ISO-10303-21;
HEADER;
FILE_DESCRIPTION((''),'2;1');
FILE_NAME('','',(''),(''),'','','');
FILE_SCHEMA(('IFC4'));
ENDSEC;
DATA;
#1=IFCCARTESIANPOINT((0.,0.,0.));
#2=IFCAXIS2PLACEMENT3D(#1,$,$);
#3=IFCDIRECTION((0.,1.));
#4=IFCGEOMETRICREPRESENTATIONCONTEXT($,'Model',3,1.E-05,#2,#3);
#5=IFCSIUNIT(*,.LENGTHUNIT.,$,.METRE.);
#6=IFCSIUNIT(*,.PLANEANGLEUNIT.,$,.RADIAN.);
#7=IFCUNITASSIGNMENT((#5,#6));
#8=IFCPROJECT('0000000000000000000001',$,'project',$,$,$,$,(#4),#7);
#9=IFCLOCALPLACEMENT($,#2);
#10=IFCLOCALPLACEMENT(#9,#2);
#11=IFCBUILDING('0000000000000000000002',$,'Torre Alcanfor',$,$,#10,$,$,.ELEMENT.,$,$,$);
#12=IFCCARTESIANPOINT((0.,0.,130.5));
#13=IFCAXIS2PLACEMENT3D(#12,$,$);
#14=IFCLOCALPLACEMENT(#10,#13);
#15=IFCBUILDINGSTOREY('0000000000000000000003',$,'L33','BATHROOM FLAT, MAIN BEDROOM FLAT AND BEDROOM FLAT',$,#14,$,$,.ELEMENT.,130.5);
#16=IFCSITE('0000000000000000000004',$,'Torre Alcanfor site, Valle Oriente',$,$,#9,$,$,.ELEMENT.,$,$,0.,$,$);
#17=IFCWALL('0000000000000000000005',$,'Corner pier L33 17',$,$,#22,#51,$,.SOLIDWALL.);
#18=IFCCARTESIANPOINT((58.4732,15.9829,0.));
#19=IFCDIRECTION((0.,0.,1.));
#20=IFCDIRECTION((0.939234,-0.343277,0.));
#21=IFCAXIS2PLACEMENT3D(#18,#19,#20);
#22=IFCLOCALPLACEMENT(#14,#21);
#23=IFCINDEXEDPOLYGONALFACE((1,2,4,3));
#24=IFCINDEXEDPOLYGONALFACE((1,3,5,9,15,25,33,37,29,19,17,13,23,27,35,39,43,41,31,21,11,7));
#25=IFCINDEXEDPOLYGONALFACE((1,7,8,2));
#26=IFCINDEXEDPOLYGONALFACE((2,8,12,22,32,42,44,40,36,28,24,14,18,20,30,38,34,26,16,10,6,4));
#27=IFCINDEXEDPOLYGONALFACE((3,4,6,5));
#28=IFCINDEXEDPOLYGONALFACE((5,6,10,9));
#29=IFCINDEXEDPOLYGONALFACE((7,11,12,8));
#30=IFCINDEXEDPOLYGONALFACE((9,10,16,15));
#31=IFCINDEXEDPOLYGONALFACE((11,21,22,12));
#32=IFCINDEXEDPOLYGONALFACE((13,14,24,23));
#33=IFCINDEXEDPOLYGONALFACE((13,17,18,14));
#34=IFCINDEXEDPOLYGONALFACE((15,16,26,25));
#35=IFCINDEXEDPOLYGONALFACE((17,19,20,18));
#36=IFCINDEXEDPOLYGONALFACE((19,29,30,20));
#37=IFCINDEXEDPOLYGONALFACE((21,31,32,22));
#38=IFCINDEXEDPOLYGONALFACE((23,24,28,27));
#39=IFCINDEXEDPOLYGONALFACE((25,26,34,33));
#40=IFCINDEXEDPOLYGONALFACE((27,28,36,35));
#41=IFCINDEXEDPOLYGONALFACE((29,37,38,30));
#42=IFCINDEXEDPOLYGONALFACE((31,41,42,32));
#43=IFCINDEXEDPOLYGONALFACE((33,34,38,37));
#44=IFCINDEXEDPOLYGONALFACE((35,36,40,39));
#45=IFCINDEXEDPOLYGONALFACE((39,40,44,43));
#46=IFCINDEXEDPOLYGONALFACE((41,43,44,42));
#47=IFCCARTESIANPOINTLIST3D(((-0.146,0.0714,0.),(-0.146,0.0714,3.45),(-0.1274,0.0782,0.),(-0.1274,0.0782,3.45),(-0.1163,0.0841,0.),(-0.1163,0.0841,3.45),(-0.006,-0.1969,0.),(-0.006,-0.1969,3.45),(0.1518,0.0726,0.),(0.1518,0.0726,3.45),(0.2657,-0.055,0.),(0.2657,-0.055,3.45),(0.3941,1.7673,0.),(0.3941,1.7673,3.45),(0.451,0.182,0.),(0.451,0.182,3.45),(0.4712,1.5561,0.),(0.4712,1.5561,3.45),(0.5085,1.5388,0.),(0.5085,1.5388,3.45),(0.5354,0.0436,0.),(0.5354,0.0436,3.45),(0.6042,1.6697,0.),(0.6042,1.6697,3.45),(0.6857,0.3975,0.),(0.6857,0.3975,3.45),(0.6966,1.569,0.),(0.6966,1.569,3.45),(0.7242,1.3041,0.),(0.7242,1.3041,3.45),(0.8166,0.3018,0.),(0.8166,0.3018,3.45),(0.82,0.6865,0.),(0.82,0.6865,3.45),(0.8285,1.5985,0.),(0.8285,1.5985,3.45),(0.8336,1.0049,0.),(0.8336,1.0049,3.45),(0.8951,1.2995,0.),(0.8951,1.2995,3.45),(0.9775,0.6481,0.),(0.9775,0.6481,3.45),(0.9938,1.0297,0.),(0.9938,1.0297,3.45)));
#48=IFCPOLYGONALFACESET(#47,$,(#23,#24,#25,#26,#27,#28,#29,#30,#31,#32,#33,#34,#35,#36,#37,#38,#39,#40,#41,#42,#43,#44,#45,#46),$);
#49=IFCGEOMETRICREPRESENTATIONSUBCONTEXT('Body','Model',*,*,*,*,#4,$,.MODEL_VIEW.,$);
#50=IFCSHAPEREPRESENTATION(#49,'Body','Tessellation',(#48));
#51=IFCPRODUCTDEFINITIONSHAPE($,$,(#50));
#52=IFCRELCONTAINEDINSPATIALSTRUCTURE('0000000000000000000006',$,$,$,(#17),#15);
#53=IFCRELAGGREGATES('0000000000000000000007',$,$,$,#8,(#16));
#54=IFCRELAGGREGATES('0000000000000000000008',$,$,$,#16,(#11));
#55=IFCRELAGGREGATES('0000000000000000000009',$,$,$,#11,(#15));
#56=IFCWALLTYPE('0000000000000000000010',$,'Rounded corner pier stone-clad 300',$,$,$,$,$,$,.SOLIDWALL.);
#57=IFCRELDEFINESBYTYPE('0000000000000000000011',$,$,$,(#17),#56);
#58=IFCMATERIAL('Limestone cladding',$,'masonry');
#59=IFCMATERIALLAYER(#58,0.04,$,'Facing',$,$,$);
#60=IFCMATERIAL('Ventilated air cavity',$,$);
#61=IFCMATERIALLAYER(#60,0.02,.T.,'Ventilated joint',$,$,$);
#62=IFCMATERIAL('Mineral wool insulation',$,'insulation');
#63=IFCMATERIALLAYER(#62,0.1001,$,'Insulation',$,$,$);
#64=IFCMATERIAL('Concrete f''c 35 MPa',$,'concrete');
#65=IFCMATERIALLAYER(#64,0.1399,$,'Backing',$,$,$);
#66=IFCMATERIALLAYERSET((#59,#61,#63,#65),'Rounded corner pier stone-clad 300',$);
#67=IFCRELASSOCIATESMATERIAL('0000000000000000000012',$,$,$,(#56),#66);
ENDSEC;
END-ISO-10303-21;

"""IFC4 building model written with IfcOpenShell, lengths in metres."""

from ifc_helpers import new_model, si_unit, direction, frame, origin, place, context, subcontext, project, spatial, polyline, outline, extrude, material, layer, layer_set, type_object, element, save


model = new_model("IFC4")

# Units and contexts
model_context = context("Model", 3, precision=1e-05, world=origin(), true_north=direction((0.0, 1.0)))
body_context = subcontext(model_context, "Body", "Model", "MODEL_VIEW")
ifc_project = project(units=[si_unit("LENGTHUNIT", "METRE"), si_unit("PLANEANGLEUNIT", "RADIAN")], contexts=[model_context])

# Site, building, storey
site_placement = place(None, origin())
site = spatial("IfcSite", under=ifc_project, at=site_placement, Name="Torre Alcanfor site, Valle Oriente", CompositionType="ELEMENT", RefElevation=0.0)
building_placement = place(site_placement, origin())
building = spatial("IfcBuilding", under=site, at=building_placement, Name="Torre Alcanfor", CompositionType="ELEMENT")
storey_placement = place(building_placement, frame((0.0, 0.0, 130.5)))
storey = spatial("IfcBuildingStorey", under=building, at=storey_placement, Name="L33", Description="BATHROOM FLAT, MAIN BEDROOM FLAT AND BEDROOM FLAT", CompositionType="ELEMENT", Elevation=130.5)

# Wall
ifc_material_1 = material(Name="Limestone cladding", Category="masonry")
ifc_layer_1 = layer(ifc_material_1, 0.04, Name="Facing")
ifc_material_2 = material(Name="Ventilated air cavity")
ifc_layer_2 = layer(ifc_material_2, 0.02, ventilated=True, Name="Ventilated joint")
ifc_material_3 = material(Name="Mineral wool insulation", Category="insulation")
ifc_layer_3 = layer(ifc_material_3, 0.1001, Name="Insulation")
ifc_material_4 = material(Name="Concrete f'c 35 MPa", Category="concrete")
ifc_layer_4 = layer(ifc_material_4, 0.1399, Name="Backing")
ifc_layer_set_1 = layer_set([ifc_layer_1, ifc_layer_2, ifc_layer_3, ifc_layer_4], Name="Rounded corner pier stone-clad 300")
wall_type_1 = type_object("IfcWallType", Name="Rounded corner pier stone-clad 300", PredefinedType="SOLIDWALL", material=ifc_layer_set_1)
wall_1_placement = place(storey_placement, frame((58.4732, 15.9829, 0.0), z_axis=(0.0, 0.0, 1.0), x_axis=(0.939234, -0.343277, 0.0)))
element("IfcWall", 1, at=wall_1_placement, inside=storey, type_object=wall_type_1, Name="Corner pier L33 17", PredefinedType="SOLIDWALL", context=body_context, shape_type="SweptSolid", body=[
    extrude(outline(polyline([(0.8285, 1.5985), (0.6966, 1.569), (0.6042, 1.6697), (0.3941, 1.7673), (0.4712, 1.5561), (0.5085, 1.5388), (0.7242, 1.3041), (0.8336, 1.0049), (0.82, 0.6865), (0.6857, 0.3975), (0.451, 0.182), (0.1518, 0.0726), (-0.1163, 0.0841), (-0.1274, 0.0782), (-0.146, 0.0714), (-0.006, -0.1969), (0.2657, -0.055), (0.5354, 0.0436), (0.8166, 0.3018), (0.9775, 0.6481), (0.9938, 1.0297), (0.8951, 1.2995), (0.8285, 1.5985)])), origin(), (0.0, 0.0, 1.0), 3.45),
])

save(model, "model.ifc")
